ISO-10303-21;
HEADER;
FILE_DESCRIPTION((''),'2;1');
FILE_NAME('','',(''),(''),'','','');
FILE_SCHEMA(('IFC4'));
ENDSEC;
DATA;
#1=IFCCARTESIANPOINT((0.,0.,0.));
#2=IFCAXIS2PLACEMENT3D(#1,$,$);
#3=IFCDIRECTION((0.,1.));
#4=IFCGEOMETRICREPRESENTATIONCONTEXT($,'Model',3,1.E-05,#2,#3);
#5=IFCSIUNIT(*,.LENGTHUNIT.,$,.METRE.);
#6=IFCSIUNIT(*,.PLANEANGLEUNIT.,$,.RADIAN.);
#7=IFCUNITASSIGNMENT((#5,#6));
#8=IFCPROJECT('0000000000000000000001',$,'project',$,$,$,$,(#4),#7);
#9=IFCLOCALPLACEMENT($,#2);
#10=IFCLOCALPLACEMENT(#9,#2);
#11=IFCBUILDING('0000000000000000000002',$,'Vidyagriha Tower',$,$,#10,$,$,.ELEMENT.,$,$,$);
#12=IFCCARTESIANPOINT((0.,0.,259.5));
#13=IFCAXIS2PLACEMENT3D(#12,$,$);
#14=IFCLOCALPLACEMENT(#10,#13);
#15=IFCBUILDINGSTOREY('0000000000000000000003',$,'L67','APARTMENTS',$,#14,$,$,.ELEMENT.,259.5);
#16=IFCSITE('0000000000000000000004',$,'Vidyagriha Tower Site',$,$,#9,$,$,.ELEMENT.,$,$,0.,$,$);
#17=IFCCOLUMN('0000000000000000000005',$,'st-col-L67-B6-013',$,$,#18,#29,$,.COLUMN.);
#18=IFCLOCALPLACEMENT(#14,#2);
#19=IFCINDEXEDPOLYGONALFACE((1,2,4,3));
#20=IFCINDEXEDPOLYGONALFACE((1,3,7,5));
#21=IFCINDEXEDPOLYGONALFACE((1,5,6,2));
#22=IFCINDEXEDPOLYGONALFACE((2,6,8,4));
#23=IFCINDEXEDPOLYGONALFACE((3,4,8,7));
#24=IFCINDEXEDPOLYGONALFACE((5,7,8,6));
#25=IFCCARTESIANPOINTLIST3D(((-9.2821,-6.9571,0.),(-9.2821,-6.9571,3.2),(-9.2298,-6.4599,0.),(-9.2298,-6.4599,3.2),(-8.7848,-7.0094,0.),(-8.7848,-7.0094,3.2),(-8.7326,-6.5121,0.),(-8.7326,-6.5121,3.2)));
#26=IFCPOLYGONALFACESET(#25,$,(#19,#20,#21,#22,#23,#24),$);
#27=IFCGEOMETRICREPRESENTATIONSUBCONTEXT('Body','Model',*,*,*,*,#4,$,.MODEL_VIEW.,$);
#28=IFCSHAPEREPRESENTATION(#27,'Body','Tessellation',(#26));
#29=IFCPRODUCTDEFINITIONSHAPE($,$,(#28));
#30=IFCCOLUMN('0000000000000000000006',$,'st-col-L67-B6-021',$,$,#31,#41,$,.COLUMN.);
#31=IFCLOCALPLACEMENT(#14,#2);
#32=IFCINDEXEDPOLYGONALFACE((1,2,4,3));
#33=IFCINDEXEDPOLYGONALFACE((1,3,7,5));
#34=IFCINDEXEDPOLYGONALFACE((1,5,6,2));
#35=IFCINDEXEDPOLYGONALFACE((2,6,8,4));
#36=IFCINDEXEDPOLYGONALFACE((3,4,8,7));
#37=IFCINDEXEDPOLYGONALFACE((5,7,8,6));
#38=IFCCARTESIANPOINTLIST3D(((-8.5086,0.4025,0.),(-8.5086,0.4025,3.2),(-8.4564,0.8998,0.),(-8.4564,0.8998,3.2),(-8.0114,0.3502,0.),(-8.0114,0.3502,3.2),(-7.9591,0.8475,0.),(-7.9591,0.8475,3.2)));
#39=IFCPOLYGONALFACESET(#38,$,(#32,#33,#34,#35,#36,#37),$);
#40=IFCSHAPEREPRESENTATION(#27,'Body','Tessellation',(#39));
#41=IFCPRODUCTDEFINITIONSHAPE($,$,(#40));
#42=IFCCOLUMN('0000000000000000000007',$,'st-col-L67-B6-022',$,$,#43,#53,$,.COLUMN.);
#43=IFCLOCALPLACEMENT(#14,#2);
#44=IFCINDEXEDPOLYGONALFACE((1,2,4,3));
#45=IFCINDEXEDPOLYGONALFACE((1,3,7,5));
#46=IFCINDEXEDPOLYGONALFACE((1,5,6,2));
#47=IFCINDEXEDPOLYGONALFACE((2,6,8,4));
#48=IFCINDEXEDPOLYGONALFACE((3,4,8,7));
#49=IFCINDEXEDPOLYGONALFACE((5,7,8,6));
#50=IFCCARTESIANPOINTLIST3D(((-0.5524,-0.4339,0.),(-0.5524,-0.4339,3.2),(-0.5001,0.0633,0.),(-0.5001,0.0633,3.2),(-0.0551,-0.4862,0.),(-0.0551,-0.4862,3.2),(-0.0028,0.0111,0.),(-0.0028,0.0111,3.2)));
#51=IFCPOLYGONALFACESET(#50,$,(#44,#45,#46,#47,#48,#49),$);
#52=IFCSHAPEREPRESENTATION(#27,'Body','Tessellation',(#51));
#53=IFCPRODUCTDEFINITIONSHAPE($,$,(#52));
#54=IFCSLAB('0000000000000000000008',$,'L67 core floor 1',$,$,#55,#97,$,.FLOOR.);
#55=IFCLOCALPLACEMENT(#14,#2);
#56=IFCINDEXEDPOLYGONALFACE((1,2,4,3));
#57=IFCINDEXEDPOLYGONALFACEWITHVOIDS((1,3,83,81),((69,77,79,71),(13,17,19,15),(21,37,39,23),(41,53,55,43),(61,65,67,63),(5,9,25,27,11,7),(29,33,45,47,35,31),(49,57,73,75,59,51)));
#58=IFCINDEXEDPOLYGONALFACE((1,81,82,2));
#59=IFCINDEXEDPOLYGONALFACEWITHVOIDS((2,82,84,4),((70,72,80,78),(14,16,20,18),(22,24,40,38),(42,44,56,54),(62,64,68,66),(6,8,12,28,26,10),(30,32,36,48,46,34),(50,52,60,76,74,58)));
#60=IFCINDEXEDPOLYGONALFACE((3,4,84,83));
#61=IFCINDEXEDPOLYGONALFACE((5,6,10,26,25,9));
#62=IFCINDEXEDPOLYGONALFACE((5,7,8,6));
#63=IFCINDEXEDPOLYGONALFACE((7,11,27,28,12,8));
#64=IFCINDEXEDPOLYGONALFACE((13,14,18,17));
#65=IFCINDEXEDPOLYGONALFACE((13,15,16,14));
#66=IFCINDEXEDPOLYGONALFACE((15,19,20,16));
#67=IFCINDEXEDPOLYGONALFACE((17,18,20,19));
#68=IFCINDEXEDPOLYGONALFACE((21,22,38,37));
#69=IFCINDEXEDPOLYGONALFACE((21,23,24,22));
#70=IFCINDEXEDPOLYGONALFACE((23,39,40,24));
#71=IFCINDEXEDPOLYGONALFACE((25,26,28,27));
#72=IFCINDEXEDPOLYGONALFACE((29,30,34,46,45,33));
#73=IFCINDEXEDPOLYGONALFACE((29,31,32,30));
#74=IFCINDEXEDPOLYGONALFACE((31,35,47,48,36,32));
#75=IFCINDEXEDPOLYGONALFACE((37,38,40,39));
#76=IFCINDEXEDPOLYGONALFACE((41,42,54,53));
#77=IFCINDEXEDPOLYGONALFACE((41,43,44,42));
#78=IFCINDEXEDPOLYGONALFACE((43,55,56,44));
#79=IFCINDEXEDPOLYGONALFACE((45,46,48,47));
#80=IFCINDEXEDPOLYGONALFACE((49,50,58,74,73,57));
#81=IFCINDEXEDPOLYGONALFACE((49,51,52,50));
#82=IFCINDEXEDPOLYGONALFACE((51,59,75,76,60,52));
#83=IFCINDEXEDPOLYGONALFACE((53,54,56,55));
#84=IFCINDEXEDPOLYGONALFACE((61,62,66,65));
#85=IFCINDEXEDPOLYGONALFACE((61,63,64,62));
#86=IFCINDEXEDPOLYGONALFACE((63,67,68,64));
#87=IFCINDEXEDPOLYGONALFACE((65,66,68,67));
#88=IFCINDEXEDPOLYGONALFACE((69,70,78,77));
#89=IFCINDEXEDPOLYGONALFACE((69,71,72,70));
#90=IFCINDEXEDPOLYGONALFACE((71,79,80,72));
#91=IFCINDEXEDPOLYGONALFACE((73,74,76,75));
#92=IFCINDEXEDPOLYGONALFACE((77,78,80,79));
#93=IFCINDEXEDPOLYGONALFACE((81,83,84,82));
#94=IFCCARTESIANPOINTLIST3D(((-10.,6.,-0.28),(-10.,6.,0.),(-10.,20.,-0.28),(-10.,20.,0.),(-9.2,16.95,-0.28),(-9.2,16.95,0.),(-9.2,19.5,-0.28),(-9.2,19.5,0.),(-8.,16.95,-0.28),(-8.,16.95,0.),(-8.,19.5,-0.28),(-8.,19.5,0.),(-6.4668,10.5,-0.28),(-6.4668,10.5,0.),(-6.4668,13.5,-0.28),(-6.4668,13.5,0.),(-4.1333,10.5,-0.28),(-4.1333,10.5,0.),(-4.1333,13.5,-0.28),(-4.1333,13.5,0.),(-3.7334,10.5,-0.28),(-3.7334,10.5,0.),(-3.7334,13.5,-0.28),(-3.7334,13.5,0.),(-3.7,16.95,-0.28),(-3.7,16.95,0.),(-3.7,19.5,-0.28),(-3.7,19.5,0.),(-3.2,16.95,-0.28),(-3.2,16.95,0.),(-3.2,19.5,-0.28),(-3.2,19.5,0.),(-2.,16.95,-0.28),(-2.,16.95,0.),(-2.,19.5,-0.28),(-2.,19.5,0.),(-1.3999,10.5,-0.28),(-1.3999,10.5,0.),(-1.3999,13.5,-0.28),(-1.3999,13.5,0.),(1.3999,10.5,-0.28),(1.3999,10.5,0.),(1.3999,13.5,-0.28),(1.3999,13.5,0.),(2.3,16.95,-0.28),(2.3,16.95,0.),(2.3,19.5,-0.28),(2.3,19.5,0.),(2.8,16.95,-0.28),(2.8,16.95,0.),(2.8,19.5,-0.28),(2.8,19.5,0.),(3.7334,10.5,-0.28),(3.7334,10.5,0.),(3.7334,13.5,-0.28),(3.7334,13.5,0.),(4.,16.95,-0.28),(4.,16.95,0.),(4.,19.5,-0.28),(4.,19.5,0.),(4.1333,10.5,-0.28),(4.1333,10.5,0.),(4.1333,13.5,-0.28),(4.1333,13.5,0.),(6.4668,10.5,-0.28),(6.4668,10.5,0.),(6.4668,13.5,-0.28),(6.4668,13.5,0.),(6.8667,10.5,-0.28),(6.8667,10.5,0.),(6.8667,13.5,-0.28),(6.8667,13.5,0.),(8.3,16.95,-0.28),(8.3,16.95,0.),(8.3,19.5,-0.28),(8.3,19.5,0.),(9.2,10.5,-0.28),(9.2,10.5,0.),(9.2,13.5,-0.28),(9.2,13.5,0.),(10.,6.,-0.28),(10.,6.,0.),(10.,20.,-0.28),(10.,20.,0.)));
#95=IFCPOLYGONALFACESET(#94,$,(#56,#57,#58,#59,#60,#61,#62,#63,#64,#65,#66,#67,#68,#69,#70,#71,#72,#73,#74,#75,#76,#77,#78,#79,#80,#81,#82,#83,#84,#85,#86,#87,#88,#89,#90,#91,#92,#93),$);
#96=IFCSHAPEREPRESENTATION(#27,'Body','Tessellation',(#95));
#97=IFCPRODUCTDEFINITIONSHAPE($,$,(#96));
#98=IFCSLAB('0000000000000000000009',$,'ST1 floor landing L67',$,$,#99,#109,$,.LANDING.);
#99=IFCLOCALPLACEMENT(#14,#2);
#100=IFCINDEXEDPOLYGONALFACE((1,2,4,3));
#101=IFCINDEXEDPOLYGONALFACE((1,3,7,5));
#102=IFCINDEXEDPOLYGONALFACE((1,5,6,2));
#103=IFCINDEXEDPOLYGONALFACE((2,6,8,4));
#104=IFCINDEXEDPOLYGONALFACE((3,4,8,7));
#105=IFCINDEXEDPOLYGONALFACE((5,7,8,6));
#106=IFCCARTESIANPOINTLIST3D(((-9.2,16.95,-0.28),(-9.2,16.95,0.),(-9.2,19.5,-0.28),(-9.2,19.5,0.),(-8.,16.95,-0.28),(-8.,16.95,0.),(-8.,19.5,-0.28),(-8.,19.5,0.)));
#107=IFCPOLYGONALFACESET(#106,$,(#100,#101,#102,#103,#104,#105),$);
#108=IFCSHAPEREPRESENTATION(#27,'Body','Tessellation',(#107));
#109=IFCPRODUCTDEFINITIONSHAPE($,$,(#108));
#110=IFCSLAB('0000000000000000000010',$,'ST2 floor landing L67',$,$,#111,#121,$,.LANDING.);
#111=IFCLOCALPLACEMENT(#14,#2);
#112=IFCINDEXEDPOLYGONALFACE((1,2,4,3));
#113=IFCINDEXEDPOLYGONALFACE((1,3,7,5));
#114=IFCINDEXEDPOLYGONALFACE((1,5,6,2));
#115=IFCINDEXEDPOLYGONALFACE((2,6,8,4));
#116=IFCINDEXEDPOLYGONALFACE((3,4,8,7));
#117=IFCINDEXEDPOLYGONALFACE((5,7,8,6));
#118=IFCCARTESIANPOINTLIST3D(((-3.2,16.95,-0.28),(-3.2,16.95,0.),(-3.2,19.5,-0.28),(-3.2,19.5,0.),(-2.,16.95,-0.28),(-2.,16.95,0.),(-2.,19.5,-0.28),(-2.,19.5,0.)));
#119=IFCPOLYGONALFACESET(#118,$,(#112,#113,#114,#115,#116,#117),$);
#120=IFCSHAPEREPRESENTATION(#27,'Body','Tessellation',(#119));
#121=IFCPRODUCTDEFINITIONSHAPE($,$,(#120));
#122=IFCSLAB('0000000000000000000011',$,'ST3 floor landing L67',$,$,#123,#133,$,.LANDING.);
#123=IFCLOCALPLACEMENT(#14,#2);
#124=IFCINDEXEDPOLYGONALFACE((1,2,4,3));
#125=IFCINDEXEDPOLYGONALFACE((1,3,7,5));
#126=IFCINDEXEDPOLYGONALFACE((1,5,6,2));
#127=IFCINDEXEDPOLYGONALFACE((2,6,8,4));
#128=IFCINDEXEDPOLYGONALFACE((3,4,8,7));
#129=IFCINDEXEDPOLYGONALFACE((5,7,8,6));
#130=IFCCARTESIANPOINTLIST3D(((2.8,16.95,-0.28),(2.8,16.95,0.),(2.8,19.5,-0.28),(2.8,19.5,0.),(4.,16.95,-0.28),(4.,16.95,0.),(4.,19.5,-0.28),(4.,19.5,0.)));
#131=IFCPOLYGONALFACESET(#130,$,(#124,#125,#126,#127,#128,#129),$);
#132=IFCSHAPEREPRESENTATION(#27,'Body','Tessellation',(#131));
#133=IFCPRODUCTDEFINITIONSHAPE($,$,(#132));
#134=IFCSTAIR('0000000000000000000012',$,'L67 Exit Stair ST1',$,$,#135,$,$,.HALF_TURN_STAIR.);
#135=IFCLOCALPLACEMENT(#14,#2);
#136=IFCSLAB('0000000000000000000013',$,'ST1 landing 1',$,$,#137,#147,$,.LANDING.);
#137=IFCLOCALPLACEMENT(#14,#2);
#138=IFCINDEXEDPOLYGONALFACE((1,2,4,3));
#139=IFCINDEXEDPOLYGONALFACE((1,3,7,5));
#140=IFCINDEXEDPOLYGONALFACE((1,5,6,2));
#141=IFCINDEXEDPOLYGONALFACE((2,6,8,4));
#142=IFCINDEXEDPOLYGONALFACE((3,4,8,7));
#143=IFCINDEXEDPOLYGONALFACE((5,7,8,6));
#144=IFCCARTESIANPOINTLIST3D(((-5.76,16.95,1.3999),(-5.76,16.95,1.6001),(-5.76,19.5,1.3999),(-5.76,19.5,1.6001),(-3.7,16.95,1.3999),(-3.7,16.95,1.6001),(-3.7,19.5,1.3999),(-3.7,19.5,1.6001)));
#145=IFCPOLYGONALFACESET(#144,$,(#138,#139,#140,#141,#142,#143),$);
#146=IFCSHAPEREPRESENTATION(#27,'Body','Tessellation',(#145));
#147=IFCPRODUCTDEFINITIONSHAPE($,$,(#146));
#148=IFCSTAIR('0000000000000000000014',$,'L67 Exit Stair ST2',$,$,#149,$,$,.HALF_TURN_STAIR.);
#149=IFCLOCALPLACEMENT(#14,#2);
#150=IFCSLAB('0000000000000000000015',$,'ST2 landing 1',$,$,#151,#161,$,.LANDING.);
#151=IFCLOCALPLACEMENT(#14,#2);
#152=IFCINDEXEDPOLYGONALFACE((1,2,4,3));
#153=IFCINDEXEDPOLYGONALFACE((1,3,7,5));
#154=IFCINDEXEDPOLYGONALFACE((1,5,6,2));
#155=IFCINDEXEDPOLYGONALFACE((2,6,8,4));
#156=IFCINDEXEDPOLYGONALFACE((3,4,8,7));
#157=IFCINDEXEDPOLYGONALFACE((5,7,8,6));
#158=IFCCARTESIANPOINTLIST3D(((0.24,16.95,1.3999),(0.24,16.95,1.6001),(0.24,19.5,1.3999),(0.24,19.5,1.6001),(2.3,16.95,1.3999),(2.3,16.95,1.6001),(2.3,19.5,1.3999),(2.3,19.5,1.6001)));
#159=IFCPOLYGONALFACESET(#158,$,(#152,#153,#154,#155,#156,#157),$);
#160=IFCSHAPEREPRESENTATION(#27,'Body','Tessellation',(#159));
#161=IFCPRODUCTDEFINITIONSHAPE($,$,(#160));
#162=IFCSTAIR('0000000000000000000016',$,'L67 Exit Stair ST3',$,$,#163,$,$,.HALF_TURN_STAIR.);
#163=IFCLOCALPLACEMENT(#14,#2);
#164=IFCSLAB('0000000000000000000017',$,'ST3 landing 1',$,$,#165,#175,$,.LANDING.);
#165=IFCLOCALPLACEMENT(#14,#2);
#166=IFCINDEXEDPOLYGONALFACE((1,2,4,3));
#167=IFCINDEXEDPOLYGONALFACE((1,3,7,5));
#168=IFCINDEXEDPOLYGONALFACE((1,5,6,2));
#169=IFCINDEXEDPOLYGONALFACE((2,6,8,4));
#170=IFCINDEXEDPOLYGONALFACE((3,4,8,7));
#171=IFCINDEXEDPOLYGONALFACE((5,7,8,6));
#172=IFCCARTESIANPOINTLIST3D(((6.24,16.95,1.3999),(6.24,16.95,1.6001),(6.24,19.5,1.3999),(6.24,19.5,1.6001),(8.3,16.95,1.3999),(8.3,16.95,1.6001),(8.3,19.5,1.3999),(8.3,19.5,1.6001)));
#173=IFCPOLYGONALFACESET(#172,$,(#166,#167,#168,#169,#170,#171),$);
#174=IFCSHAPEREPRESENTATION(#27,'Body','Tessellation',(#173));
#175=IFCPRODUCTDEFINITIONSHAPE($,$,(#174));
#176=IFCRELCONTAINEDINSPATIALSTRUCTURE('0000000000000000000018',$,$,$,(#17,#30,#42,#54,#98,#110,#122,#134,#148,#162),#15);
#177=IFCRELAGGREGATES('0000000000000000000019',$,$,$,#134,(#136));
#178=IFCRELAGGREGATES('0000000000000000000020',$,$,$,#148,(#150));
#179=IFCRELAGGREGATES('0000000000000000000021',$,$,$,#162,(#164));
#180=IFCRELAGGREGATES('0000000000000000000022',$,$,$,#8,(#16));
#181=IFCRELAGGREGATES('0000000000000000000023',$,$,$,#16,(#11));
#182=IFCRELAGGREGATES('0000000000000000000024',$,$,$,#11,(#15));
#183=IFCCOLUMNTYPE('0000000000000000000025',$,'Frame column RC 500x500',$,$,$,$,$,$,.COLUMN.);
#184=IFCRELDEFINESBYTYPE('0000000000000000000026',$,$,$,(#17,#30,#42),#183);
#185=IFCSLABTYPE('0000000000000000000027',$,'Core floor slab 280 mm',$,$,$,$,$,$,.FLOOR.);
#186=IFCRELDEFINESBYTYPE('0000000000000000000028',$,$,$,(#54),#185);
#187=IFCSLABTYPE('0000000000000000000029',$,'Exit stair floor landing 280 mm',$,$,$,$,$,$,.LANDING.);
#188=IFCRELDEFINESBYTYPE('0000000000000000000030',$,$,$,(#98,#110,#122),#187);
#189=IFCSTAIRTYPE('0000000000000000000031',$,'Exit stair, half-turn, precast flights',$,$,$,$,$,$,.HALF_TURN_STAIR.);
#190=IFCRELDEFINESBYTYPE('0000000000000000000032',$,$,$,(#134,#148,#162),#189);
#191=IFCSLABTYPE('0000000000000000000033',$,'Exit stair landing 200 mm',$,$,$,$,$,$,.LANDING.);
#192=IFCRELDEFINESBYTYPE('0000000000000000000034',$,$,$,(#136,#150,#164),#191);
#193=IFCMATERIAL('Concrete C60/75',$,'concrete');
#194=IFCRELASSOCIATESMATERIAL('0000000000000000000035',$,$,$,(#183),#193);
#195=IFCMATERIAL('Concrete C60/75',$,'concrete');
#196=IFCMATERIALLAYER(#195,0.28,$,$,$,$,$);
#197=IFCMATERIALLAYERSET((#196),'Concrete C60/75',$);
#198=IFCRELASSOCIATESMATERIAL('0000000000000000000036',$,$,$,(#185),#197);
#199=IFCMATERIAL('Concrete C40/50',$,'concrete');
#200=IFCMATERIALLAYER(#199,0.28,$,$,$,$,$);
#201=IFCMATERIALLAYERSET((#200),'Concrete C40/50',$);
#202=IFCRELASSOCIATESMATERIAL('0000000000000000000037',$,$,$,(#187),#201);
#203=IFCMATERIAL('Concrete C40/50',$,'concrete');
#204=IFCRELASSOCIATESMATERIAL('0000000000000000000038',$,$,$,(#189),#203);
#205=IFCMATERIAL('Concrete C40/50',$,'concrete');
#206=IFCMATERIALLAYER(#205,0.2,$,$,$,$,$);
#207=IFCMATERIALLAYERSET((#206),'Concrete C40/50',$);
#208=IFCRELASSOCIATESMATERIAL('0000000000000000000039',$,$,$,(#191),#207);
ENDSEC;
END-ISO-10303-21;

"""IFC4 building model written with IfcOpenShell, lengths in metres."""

from ifc_helpers import new_model, si_unit, direction, frame, origin, origin_2d, place, context, subcontext, project, spatial, polyline, rectangle, outline, extrude, material, layer, layer_set, material_profile, profile_set, type_object, element, aggregate, save


model = new_model("IFC4")

# Units and contexts
model_context = context("Model", 3, precision=1e-05, world=origin(), true_north=direction((0.0, 1.0)))
body_context = subcontext(model_context, "Body", "Model", "MODEL_VIEW")
ifc_project = project(units=[si_unit("LENGTHUNIT", "METRE"), si_unit("PLANEANGLEUNIT", "RADIAN")], contexts=[model_context])

# Site, building, storey
site_placement = place(None, origin())
site = spatial("IfcSite", under=ifc_project, at=site_placement, Name="Vidyagriha Tower Site", CompositionType="ELEMENT", RefElevation=0.0)
building_placement = place(site_placement, origin())
building = spatial("IfcBuilding", under=site, at=building_placement, Name="Vidyagriha Tower", CompositionType="ELEMENT")
storey_placement = place(building_placement, frame((0.0, 0.0, 259.5)))
storey = spatial("IfcBuildingStorey", under=building, at=storey_placement, Name="L67", Description="APARTMENTS", CompositionType="ELEMENT", Elevation=259.5)

# Columns
ifc_material_1 = material(Name="Concrete C60/75", Category="concrete")
ifc_material_profile = material_profile(ifc_material_1, rectangle(XDim=0.5, YDim=0.5, at=origin_2d()), Name="RC 500x500")
ifc_profile_set = profile_set([ifc_material_profile], Name="Concrete C60/75")
column_type = type_object("IfcColumnType", Name="Frame column RC 500x500", PredefinedType="COLUMN", material=ifc_profile_set)
for number, where, z_axis, x_axis, name in (
    (1, (-9.0073, -6.7346, 0.0), (0.0, 0.0, 1.0), (0.994522, -0.104528, 0.0), "st-col-L67-B6-013"),
    (2, (-8.2339, 0.625, 0.0), (0.0, 0.0, 1.0), (0.994522, -0.104528, 0.0), "st-col-L67-B6-021"),
    (3, (-0.2776, -0.2114, 0.0), (0.0, 0.0, 1.0), (0.994522, -0.104528, 0.0), "st-col-L67-B6-022"),
):
    element("IfcColumn", number, at=place(storey_placement, frame(where, z_axis=z_axis, x_axis=x_axis)), inside=storey, type_object=column_type, Name=name, PredefinedType="COLUMN", context=body_context, shape_type="SweptSolid", body=[
        extrude(rectangle(XDim=0.5, YDim=0.5, at=origin_2d()), origin(), (0.0, 0.0, 1.0), 3.2),
    ])

# Slabs
ifc_material_2 = material(Name="Concrete C60/75", Category="concrete")
ifc_layer_1 = layer(ifc_material_2, 0.28)
ifc_layer_set_1 = layer_set([ifc_layer_1], Name="Concrete C60/75")
slab_type_1 = type_object("IfcSlabType", Name="Core floor slab 280 mm", PredefinedType="FLOOR", material=ifc_layer_set_1)
slab_1_placement = place(storey_placement, frame((0.0, 0.0, -0.28)))
element("IfcSlab", 4, at=slab_1_placement, inside=storey, type_object=slab_type_1, Name="L67 core floor 1", PredefinedType="FLOOR", context=body_context, shape_type="SweptSolid", body=[
    extrude(outline(polyline([(-10.0, 6.0), (-10.0, 20.0), (10.0, 20.0), (10.0, 6.0), (-10.0, 6.0)]), holes=[polyline([(6.8667, 13.5), (6.8667, 10.5), (9.2, 10.5), (9.2, 13.5), (6.8667, 13.5)]), polyline([(4.0, 19.5), (2.8, 19.5), (2.8, 16.95), (4.0, 16.95), (8.3, 16.95), (8.3, 19.5), (4.0, 19.5)]), polyline([(6.4668, 13.5), (4.1333, 13.5), (4.1333, 10.5), (6.4668, 10.5), (6.4668, 13.5)]), polyline([(3.7334, 13.5), (1.3999, 13.5), (1.3999, 10.5), (3.7334, 10.5), (3.7334, 13.5)]), polyline([(-2.0, 16.95), (2.3, 16.95), (2.3, 19.5), (-2.0, 19.5), (-3.2, 19.5), (-3.2, 16.95), (-2.0, 16.95)]), polyline([(-3.7334, 13.5), (-3.7334, 10.5), (-1.3999, 10.5), (-1.3999, 13.5), (-3.7334, 13.5)]), polyline([(-9.2, 19.5), (-9.2, 16.95), (-8.0, 16.95), (-3.7, 16.95), (-3.7, 19.5), (-8.0, 19.5), (-9.2, 19.5)]), polyline([(-6.4668, 13.5), (-6.4668, 10.5), (-4.1333, 10.5), (-4.1333, 13.5), (-6.4668, 13.5)])]), origin(), (0.0, 0.0, 1.0), 0.28),
])
ifc_material_3 = material(Name="Concrete C40/50", Category="concrete")
ifc_layer_2 = layer(ifc_material_3, 0.28)
ifc_layer_set_2 = layer_set([ifc_layer_2], Name="Concrete C40/50")
slab_type_2 = type_object("IfcSlabType", Name="Exit stair floor landing 280 mm", PredefinedType="LANDING", material=ifc_layer_set_2)
slab_2_placement = place(storey_placement, frame((0.0, 0.0, -0.28)))
element("IfcSlab", 5, at=slab_2_placement, inside=storey, type_object=slab_type_2, Name="ST1 floor landing L67", PredefinedType="LANDING", context=body_context, shape_type="SweptSolid", body=[
    extrude(outline(polyline([(-9.2, 16.95), (-8.0, 16.95), (-8.0, 19.5), (-9.2, 19.5), (-9.2, 16.95)])), origin(), (0.0, 0.0, 1.0), 0.28),
])
slab_3_placement = place(storey_placement, frame((0.0, 0.0, -0.28)))
element("IfcSlab", 6, at=slab_3_placement, inside=storey, type_object=slab_type_2, Name="ST2 floor landing L67", PredefinedType="LANDING", context=body_context, shape_type="SweptSolid", body=[
    extrude(outline(polyline([(-3.2, 16.95), (-2.0, 16.95), (-2.0, 19.5), (-3.2, 19.5), (-3.2, 16.95)])), origin(), (0.0, 0.0, 1.0), 0.28),
])
slab_4_placement = place(storey_placement, frame((0.0, 0.0, -0.28)))
element("IfcSlab", 7, at=slab_4_placement, inside=storey, type_object=slab_type_2, Name="ST3 floor landing L67", PredefinedType="LANDING", context=body_context, shape_type="SweptSolid", body=[
    extrude(outline(polyline([(2.8, 16.95), (4.0, 16.95), (4.0, 19.5), (2.8, 19.5), (2.8, 16.95)])), origin(), (0.0, 0.0, 1.0), 0.28),
])

# Stairs, slabs
ifc_material_4 = material(Name="Concrete C40/50", Category="concrete")
stair_type = type_object("IfcStairType", Name="Exit stair, half-turn, precast flights", PredefinedType="HALF_TURN_STAIR", material=ifc_material_4)
stair_1_placement = place(storey_placement, origin())
stair_1 = element("IfcStair", 8, at=stair_1_placement, inside=storey, type_object=stair_type, Name="L67 Exit Stair ST1", PredefinedType="HALF_TURN_STAIR")
ifc_material_5 = material(Name="Concrete C40/50", Category="concrete")
ifc_layer_3 = layer(ifc_material_5, 0.2)
ifc_layer_set_3 = layer_set([ifc_layer_3], Name="Concrete C40/50")
slab_type_3 = type_object("IfcSlabType", Name="Exit stair landing 200 mm", PredefinedType="LANDING", material=ifc_layer_set_3)
slab_5_placement = place(storey_placement, frame((0.0, 0.0, 1.3999)))
slab_5 = element("IfcSlab", 9, at=slab_5_placement, type_object=slab_type_3, Name="ST1 landing 1", PredefinedType="LANDING", context=body_context, shape_type="SweptSolid", body=[
    extrude(outline(polyline([(-5.76, 16.95), (-3.7, 16.95), (-3.7, 19.5), (-5.76, 19.5), (-5.76, 16.95)])), origin(), (0.0, 0.0, 1.0), 0.2002),
])
aggregate(stair_1, [slab_5])
stair_2_placement = place(storey_placement, origin())
stair_2 = element("IfcStair", 10, at=stair_2_placement, inside=storey, type_object=stair_type, Name="L67 Exit Stair ST2", PredefinedType="HALF_TURN_STAIR")
slab_6_placement = place(storey_placement, frame((0.0, 0.0, 1.3999)))
slab_6 = element("IfcSlab", 11, at=slab_6_placement, type_object=slab_type_3, Name="ST2 landing 1", PredefinedType="LANDING", context=body_context, shape_type="SweptSolid", body=[
    extrude(outline(polyline([(0.24, 16.95), (2.3, 16.95), (2.3, 19.5), (0.24, 19.5), (0.24, 16.95)])), origin(), (0.0, 0.0, 1.0), 0.2002),
])
aggregate(stair_2, [slab_6])
stair_3_placement = place(storey_placement, origin())
stair_3 = element("IfcStair", 12, at=stair_3_placement, inside=storey, type_object=stair_type, Name="L67 Exit Stair ST3", PredefinedType="HALF_TURN_STAIR")
slab_7_placement = place(storey_placement, frame((0.0, 0.0, 1.3999)))
slab_7 = element("IfcSlab", 13, at=slab_7_placement, type_object=slab_type_3, Name="ST3 landing 1", PredefinedType="LANDING", context=body_context, shape_type="SweptSolid", body=[
    extrude(outline(polyline([(6.24, 16.95), (8.3, 16.95), (8.3, 19.5), (6.24, 19.5), (6.24, 16.95)])), origin(), (0.0, 0.0, 1.0), 0.2002),
])
aggregate(stair_3, [slab_7])

save(model, "model.ifc")
